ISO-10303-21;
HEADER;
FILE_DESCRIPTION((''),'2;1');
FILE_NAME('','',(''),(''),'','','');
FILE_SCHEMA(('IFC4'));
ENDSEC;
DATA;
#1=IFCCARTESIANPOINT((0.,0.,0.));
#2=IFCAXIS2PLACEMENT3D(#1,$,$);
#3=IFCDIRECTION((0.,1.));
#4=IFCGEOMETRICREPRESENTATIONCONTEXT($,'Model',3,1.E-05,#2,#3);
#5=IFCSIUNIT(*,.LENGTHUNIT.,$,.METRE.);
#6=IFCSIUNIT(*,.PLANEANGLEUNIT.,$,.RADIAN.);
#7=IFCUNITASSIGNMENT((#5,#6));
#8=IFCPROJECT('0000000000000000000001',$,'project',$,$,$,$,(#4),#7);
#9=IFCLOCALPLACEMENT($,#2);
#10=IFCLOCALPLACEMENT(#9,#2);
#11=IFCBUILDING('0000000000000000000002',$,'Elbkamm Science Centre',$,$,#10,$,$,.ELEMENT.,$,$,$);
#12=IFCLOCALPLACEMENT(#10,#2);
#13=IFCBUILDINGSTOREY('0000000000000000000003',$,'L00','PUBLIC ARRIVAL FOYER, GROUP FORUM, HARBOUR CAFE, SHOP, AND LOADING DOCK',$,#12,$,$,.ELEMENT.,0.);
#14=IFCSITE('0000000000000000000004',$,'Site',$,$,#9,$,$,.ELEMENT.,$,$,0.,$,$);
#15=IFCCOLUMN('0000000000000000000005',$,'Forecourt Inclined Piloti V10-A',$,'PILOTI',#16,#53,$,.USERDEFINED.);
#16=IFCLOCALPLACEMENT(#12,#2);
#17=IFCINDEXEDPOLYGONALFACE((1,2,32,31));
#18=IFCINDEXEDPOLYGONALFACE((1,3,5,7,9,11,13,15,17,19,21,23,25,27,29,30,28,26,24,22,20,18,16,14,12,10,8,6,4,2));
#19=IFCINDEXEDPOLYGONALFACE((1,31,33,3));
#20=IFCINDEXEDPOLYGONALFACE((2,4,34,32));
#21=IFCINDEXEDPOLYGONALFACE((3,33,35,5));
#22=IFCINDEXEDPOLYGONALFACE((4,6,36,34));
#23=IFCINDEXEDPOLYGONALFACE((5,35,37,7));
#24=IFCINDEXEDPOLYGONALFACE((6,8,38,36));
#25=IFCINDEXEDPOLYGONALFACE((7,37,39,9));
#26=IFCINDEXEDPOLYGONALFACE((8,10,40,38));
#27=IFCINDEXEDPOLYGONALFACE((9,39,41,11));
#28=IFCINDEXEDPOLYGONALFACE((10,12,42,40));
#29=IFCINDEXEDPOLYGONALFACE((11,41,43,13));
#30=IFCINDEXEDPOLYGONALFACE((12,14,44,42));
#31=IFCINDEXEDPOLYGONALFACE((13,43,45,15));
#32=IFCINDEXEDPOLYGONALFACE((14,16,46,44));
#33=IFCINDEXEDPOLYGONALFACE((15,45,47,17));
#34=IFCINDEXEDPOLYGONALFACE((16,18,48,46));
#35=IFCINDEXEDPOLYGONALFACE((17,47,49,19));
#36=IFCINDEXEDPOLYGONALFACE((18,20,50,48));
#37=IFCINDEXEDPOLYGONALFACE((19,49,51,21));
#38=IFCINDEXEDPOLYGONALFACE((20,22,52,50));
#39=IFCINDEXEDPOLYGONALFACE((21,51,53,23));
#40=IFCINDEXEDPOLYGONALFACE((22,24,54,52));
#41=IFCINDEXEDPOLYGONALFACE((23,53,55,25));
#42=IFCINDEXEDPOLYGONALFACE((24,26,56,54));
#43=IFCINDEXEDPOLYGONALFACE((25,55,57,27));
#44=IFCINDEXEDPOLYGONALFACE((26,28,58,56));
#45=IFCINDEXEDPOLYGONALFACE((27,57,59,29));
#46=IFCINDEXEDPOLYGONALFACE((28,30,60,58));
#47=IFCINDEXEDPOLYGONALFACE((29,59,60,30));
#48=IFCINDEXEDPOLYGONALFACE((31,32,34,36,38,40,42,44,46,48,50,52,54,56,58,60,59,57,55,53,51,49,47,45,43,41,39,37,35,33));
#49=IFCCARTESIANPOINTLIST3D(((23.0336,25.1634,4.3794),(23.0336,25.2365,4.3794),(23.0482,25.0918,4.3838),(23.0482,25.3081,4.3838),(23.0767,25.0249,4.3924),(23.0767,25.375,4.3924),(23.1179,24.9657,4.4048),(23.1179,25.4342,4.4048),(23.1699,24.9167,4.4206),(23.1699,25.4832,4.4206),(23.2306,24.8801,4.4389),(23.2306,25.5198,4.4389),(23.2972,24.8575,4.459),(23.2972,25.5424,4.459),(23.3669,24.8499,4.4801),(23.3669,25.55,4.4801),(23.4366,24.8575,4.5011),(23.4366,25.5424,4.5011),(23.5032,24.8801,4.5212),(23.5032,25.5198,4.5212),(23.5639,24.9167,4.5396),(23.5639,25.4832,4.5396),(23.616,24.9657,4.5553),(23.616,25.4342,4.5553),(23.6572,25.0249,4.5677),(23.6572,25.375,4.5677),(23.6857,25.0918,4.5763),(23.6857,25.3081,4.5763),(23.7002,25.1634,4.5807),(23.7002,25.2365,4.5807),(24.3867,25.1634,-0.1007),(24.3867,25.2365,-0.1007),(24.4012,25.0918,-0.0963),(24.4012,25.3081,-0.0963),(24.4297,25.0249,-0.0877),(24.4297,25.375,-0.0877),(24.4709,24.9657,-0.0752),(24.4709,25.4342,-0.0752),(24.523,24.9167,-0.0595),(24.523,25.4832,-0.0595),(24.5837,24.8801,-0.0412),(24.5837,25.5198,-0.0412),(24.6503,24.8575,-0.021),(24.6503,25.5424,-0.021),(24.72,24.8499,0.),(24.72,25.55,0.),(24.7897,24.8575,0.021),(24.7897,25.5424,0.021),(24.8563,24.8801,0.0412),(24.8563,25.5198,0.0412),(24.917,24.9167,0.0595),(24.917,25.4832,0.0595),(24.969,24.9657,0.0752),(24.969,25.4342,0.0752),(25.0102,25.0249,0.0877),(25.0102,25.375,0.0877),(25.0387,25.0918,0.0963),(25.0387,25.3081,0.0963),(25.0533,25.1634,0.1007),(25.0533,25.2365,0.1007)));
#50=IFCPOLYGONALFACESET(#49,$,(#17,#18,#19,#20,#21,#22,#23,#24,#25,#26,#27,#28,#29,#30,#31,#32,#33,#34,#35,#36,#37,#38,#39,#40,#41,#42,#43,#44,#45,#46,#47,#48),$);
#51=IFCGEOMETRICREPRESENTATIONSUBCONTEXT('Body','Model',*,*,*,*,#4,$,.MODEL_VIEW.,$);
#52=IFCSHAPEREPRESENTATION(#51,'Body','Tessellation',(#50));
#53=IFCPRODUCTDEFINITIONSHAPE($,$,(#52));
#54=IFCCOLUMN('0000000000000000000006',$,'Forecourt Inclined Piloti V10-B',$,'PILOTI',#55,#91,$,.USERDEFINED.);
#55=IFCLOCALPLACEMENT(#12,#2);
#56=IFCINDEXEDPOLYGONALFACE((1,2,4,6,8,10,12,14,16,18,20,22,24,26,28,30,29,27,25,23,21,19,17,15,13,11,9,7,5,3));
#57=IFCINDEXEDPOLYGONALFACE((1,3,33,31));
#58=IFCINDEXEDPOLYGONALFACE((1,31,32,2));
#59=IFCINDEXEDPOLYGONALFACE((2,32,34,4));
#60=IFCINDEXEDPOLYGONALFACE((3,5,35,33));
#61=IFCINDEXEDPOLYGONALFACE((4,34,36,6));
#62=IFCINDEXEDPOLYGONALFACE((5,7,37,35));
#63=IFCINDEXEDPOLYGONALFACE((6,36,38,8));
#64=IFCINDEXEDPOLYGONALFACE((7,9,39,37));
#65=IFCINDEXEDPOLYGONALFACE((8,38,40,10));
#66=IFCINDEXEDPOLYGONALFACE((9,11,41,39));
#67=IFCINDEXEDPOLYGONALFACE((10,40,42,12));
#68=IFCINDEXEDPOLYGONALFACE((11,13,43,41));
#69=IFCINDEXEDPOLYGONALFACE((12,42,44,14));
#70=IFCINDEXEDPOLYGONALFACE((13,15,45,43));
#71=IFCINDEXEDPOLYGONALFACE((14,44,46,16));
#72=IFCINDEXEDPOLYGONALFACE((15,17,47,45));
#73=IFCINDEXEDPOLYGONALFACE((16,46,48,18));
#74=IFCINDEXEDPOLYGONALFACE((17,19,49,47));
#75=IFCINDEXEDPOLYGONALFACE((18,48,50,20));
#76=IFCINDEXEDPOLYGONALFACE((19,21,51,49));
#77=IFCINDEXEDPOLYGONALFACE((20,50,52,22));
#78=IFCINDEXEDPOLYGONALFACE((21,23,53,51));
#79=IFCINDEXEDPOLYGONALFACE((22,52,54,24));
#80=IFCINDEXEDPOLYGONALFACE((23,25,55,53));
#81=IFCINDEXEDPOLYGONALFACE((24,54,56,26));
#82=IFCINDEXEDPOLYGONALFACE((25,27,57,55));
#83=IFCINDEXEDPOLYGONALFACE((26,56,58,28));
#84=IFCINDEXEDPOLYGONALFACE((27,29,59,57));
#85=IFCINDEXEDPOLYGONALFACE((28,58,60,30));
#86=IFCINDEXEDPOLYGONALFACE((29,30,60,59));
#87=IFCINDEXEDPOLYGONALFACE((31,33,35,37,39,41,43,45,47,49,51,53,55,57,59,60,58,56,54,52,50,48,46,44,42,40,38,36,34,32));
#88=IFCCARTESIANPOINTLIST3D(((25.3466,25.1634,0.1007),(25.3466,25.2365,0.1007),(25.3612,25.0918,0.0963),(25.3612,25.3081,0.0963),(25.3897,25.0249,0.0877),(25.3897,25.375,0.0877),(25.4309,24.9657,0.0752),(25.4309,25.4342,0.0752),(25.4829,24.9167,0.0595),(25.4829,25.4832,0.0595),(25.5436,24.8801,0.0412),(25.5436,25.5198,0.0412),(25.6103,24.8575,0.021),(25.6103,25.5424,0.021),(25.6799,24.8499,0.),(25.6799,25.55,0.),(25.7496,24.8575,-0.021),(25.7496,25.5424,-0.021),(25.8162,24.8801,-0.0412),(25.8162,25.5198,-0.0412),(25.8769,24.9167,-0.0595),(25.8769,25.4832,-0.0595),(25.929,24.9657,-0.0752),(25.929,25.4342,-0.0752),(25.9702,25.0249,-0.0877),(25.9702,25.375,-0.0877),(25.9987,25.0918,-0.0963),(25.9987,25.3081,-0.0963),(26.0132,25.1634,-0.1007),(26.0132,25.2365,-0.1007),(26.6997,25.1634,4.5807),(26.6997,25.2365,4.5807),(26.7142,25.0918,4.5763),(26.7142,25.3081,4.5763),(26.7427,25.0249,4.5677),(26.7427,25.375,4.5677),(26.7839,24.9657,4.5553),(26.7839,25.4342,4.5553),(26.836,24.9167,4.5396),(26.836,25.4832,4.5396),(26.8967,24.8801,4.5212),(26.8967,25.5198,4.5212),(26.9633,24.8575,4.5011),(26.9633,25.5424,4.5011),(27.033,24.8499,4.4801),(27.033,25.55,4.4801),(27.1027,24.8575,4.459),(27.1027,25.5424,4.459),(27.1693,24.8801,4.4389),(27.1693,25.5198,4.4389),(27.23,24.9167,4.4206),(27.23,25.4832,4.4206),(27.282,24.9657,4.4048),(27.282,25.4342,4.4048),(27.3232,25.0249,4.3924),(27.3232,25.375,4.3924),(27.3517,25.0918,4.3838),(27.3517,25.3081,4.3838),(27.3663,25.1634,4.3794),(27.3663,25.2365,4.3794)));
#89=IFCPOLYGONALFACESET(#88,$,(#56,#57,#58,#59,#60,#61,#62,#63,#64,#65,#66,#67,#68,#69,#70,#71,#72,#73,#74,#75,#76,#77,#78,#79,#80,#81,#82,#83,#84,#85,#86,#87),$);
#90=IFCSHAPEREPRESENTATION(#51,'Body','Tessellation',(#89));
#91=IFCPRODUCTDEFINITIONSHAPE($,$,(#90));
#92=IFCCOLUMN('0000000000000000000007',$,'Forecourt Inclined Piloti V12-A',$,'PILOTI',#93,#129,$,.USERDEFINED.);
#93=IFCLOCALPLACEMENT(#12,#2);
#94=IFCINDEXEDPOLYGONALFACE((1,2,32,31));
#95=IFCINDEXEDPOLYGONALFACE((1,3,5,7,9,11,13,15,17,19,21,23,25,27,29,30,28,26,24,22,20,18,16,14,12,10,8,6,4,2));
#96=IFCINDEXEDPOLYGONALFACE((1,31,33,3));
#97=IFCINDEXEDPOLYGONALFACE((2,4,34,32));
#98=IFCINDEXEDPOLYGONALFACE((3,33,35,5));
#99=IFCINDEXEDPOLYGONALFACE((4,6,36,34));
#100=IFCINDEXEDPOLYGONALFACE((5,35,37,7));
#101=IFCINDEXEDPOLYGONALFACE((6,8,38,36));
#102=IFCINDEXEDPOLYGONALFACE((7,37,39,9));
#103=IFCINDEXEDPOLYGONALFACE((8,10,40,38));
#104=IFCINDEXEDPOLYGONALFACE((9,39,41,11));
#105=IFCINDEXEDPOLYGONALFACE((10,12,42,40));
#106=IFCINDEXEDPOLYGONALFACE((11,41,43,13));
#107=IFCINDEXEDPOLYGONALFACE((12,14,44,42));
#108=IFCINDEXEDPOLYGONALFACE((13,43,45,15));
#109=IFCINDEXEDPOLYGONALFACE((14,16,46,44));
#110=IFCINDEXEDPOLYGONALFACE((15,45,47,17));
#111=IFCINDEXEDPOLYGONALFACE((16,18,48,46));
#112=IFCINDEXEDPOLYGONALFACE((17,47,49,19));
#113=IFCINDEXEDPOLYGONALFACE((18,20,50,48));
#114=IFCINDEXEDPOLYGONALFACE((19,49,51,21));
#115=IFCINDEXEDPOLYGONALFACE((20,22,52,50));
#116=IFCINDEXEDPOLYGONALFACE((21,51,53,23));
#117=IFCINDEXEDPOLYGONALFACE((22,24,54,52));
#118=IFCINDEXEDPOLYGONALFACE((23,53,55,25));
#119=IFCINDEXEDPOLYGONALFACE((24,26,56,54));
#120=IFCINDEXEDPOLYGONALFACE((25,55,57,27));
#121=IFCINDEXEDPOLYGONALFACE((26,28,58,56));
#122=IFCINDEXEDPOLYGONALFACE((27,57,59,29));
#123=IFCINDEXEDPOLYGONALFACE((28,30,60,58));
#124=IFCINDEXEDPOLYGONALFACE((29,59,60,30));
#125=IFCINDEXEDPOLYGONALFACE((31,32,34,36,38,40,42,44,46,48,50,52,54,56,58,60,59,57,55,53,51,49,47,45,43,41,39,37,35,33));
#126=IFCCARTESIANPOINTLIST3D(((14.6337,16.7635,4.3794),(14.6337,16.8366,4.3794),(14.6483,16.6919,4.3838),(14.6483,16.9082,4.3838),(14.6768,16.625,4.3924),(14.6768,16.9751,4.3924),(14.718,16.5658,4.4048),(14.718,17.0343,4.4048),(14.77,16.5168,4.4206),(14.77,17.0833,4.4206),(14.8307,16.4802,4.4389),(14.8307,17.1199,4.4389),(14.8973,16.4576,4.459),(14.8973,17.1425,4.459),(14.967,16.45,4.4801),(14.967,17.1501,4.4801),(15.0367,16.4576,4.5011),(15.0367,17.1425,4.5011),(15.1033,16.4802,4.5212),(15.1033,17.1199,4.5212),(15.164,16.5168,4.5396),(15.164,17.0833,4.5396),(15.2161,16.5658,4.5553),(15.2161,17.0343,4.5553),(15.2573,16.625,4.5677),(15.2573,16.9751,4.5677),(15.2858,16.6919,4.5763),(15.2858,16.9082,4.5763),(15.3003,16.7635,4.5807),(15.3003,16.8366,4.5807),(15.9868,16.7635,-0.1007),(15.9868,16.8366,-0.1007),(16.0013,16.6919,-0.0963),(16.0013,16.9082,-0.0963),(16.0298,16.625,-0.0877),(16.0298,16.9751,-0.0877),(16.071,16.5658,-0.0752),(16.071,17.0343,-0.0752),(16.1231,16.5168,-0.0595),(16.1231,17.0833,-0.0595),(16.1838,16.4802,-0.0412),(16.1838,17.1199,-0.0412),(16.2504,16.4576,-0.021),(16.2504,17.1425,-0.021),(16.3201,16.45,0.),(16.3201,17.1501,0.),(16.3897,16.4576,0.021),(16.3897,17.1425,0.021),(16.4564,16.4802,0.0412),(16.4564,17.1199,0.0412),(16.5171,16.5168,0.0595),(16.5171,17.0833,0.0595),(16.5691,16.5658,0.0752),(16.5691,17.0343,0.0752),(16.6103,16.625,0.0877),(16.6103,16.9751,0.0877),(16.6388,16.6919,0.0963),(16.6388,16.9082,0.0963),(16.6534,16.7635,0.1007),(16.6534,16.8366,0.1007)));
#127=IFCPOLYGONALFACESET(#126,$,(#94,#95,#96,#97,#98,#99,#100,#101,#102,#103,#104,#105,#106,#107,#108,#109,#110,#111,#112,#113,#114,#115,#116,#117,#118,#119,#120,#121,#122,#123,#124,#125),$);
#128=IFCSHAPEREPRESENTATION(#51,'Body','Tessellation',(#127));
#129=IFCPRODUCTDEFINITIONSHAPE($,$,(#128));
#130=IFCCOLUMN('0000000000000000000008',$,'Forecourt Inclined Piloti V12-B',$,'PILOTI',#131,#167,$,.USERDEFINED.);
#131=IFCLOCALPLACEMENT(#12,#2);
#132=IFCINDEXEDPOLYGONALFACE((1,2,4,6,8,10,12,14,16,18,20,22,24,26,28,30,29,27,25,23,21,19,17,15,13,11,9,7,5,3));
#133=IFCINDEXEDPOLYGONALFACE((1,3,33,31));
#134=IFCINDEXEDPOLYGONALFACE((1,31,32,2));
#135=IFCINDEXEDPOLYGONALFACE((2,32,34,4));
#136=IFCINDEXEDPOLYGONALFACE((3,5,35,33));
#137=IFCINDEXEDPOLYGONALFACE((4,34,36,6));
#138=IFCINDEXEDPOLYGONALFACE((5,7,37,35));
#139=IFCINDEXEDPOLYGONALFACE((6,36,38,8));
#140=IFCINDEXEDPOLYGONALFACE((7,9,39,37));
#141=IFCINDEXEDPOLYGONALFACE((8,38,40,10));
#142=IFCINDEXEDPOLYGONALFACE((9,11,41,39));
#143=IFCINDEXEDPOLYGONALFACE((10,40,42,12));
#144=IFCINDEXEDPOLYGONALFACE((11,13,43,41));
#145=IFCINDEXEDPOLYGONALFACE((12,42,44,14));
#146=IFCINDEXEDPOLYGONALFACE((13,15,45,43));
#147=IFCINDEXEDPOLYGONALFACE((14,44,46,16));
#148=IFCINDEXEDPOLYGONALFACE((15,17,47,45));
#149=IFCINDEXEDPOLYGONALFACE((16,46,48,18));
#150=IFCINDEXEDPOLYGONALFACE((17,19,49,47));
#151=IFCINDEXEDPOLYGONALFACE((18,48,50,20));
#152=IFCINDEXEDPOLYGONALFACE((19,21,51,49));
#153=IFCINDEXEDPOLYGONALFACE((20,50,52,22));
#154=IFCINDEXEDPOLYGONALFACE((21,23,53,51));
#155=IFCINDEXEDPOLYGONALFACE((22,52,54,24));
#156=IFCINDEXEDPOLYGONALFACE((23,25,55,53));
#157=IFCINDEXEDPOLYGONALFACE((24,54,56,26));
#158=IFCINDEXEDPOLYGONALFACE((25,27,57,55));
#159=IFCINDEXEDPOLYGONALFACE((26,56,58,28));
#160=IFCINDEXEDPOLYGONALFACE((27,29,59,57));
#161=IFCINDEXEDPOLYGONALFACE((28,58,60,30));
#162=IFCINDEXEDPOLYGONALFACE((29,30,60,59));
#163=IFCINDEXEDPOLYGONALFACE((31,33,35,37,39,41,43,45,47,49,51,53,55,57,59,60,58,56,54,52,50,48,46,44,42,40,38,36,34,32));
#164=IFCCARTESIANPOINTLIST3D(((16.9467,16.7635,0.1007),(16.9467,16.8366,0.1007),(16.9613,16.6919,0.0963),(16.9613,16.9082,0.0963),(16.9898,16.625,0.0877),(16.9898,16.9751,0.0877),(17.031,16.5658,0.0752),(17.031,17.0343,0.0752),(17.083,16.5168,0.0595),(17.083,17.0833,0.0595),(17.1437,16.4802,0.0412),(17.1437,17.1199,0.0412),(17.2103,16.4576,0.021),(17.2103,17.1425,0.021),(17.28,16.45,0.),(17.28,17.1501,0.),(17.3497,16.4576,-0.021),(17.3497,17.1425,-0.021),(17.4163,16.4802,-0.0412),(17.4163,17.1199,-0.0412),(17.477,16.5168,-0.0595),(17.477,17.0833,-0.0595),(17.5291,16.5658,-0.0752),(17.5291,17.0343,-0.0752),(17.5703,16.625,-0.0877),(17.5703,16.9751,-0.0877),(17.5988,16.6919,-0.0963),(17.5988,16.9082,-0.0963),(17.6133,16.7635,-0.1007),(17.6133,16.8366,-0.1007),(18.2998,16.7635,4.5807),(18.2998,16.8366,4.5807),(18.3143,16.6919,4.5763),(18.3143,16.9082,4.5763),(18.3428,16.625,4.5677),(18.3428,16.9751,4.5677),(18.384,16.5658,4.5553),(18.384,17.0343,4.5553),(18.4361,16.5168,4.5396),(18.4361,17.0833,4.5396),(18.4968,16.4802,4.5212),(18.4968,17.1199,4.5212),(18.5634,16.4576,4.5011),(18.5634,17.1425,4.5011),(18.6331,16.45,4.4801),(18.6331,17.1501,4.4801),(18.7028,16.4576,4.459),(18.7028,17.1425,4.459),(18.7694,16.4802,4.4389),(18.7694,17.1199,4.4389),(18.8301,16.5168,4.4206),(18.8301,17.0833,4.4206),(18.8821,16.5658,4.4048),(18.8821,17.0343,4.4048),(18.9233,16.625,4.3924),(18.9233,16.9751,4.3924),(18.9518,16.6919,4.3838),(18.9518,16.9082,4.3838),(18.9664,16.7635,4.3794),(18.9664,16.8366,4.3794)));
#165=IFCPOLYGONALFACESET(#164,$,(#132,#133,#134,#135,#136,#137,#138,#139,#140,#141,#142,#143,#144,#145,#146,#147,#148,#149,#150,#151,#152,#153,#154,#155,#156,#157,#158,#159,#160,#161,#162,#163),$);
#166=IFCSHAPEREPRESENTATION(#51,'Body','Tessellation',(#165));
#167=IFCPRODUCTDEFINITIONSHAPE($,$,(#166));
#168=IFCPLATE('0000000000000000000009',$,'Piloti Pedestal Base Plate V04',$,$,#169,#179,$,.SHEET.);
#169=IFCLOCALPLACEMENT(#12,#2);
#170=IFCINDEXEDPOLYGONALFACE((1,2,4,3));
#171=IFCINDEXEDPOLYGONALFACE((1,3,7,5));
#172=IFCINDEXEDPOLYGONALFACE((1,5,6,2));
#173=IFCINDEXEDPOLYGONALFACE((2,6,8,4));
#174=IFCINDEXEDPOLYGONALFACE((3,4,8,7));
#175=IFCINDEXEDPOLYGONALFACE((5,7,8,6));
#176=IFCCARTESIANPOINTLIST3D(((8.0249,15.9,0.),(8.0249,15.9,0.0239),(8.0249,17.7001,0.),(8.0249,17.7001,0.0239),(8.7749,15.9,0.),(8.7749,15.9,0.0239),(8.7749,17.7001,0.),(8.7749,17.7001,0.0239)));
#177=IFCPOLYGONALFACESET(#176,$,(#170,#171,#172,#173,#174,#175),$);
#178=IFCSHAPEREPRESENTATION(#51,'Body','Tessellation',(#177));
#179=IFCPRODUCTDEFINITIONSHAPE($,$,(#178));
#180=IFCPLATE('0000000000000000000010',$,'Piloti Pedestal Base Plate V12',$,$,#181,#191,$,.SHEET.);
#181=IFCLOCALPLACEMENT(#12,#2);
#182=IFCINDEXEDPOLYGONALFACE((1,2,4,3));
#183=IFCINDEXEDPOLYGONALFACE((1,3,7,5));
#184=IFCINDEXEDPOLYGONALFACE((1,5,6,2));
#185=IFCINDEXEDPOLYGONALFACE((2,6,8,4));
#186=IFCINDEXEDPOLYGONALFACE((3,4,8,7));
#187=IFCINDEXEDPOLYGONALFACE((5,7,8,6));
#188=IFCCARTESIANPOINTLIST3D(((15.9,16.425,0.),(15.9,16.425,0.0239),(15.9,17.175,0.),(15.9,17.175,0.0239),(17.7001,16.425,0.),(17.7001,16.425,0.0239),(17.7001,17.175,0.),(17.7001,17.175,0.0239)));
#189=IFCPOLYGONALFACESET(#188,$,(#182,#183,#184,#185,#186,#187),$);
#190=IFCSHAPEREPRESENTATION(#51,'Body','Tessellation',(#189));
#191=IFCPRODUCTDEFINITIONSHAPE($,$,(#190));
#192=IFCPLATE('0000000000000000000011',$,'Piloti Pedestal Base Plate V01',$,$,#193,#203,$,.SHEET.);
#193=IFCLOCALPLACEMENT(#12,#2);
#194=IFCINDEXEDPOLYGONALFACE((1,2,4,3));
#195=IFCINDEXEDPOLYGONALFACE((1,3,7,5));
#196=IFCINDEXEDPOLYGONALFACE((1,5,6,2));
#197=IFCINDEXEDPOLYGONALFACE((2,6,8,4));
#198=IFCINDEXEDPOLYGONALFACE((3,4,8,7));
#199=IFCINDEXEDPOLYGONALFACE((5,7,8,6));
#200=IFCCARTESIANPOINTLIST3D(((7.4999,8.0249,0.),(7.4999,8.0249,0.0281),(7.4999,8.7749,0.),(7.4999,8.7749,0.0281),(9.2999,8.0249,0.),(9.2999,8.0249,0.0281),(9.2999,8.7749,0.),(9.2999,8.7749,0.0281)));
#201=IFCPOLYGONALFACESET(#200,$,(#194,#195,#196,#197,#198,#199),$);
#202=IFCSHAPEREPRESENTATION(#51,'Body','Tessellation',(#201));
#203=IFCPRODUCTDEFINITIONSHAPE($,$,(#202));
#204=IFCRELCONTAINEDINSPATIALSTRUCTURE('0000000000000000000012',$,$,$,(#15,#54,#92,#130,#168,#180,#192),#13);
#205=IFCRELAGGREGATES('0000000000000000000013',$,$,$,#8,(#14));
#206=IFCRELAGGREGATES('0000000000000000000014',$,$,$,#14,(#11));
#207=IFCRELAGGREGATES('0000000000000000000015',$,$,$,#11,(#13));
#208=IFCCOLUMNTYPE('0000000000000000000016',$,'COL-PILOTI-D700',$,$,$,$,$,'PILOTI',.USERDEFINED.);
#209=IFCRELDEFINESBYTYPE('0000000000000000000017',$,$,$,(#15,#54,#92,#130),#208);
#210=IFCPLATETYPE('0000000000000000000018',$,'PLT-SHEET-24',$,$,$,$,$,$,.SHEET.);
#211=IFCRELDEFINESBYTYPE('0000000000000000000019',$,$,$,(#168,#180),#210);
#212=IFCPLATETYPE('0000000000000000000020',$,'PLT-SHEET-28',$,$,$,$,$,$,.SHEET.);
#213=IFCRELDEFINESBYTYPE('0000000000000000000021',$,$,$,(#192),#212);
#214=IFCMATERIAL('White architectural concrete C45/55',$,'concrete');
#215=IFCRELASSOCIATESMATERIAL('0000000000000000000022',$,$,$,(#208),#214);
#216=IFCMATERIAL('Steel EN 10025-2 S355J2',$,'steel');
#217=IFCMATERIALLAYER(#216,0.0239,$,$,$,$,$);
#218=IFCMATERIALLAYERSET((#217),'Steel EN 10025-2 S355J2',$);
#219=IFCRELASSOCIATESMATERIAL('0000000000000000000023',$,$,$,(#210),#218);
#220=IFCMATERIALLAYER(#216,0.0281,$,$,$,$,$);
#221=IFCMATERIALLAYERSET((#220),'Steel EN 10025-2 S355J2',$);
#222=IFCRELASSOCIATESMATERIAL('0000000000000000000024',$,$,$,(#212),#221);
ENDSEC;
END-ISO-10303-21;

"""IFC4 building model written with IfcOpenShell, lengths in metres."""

from ifc_helpers import new_model, si_unit, direction, frame, origin, origin_2d, place, context, subcontext, project, spatial, rectangle, circle, extrude, material, layer, layer_set, material_profile, profile_set, type_object, element, save


model = new_model("IFC4")

# Units and contexts
model_context = context("Model", 3, precision=1e-05, world=origin(), true_north=direction((0.0, 1.0)))
body_context = subcontext(model_context, "Body", "Model", "MODEL_VIEW")
ifc_project = project(units=[si_unit("LENGTHUNIT", "METRE"), si_unit("PLANEANGLEUNIT", "RADIAN")], contexts=[model_context])

# Site, building, storey
site_placement = place(None, origin())
site = spatial("IfcSite", under=ifc_project, at=site_placement, Name="Site", CompositionType="ELEMENT", RefElevation=0.0)
building_placement = place(site_placement, origin())
building = spatial("IfcBuilding", under=site, at=building_placement, Name="Elbkamm Science Centre", CompositionType="ELEMENT")
storey_placement = place(building_placement, origin())
storey = spatial("IfcBuildingStorey", under=building, at=storey_placement, Name="L00", Description="PUBLIC ARRIVAL FOYER, GROUP FORUM, HARBOUR CAFE, SHOP, AND LOADING DOCK", CompositionType="ELEMENT", Elevation=0.0)

# Columns
ifc_material_1 = material(Name="White architectural concrete C45/55", Category="concrete")
ifc_material_profile = material_profile(ifc_material_1, circle(Radius=0.3501, at=origin_2d()), Name="RC D700")
ifc_profile_set = profile_set([ifc_material_profile], Name="White architectural concrete C45/55")
column_type = type_object("IfcColumnType", Name="COL-PILOTI-D700", ElementType="PILOTI", PredefinedType="USERDEFINED", material=ifc_profile_set)
for number, where, z_axis, x_axis, name in (
    (1, (24.72, 25.2, 0.0), (-0.289118, 0.0, 0.957293), (0.0, -1.0, 0.0), "Forecourt Inclined Piloti V10-A"),
    (2, (25.6799, 25.2, 0.0), (0.289118, 0.0, 0.957293), (0.0, 1.0, 0.0), "Forecourt Inclined Piloti V10-B"),
    (3, (16.3201, 16.8, 0.0), (-0.289118, 0.0, 0.957293), (0.0, -1.0, 0.0), "Forecourt Inclined Piloti V12-A"),
    (4, (17.28, 16.8, 0.0), (0.289118, 0.0, 0.957293), (0.0, 1.0, 0.0), "Forecourt Inclined Piloti V12-B"),
):
    element("IfcColumn", number, at=place(storey_placement, frame(where, z_axis=z_axis, x_axis=x_axis)), inside=storey, type_object=column_type, Name=name, ObjectType="PILOTI", PredefinedType="USERDEFINED", context=body_context, shape_type="SweptSolid", body=[
        extrude(circle(Radius=0.3501, at=origin_2d()), origin(), (0.0, 0.0, 1.0), 4.6799),
    ])

# Plates
ifc_material_2 = material(Name="Steel EN 10025-2 S355J2", Category="steel")
ifc_layer_1 = layer(ifc_material_2, 0.0239)
ifc_layer_set_1 = layer_set([ifc_layer_1], Name="Steel EN 10025-2 S355J2")
plate_type_1 = type_object("IfcPlateType", Name="PLT-SHEET-24", PredefinedType="SHEET", material=ifc_layer_set_1)
for number, where, z_axis, x_axis, name in (
    (5, (8.3999, 16.8, 0.0), (0.0, 0.0, 1.0), (0.0, 1.0, 0.0), "Piloti Pedestal Base Plate V04"),
    (6, (16.8, 16.8, 0.0), (0.0, 0.0, 1.0), (1.0, 0.0, 0.0), "Piloti Pedestal Base Plate V12"),
):
    element("IfcPlate", number, at=place(storey_placement, frame(where, z_axis=z_axis, x_axis=x_axis)), inside=storey, type_object=plate_type_1, Name=name, PredefinedType="SHEET", context=body_context, shape_type="SweptSolid", body=[
        extrude(rectangle(XDim=1.8, YDim=0.75, at=origin_2d()), origin(), (0.0, 0.0, 1.0), 0.0239),
    ])
ifc_layer_2 = layer(ifc_material_2, 0.0281)
ifc_layer_set_2 = layer_set([ifc_layer_2], Name="Steel EN 10025-2 S355J2")
plate_type_2 = type_object("IfcPlateType", Name="PLT-SHEET-28", PredefinedType="SHEET", material=ifc_layer_set_2)
for number, where, z_axis, x_axis, name in (
    (7, (8.3999, 8.3999, 0.0), (0.0, 0.0, 1.0), (1.0, 0.0, 0.0), "Piloti Pedestal Base Plate V01"),
):
    element("IfcPlate", number, at=place(storey_placement, frame(where, z_axis=z_axis, x_axis=x_axis)), inside=storey, type_object=plate_type_2, Name=name, PredefinedType="SHEET", context=body_context, shape_type="SweptSolid", body=[
        extrude(rectangle(XDim=1.8, YDim=0.75, at=origin_2d()), origin(), (0.0, 0.0, 1.0), 0.0281),
    ])

save(model, "model.ifc")
